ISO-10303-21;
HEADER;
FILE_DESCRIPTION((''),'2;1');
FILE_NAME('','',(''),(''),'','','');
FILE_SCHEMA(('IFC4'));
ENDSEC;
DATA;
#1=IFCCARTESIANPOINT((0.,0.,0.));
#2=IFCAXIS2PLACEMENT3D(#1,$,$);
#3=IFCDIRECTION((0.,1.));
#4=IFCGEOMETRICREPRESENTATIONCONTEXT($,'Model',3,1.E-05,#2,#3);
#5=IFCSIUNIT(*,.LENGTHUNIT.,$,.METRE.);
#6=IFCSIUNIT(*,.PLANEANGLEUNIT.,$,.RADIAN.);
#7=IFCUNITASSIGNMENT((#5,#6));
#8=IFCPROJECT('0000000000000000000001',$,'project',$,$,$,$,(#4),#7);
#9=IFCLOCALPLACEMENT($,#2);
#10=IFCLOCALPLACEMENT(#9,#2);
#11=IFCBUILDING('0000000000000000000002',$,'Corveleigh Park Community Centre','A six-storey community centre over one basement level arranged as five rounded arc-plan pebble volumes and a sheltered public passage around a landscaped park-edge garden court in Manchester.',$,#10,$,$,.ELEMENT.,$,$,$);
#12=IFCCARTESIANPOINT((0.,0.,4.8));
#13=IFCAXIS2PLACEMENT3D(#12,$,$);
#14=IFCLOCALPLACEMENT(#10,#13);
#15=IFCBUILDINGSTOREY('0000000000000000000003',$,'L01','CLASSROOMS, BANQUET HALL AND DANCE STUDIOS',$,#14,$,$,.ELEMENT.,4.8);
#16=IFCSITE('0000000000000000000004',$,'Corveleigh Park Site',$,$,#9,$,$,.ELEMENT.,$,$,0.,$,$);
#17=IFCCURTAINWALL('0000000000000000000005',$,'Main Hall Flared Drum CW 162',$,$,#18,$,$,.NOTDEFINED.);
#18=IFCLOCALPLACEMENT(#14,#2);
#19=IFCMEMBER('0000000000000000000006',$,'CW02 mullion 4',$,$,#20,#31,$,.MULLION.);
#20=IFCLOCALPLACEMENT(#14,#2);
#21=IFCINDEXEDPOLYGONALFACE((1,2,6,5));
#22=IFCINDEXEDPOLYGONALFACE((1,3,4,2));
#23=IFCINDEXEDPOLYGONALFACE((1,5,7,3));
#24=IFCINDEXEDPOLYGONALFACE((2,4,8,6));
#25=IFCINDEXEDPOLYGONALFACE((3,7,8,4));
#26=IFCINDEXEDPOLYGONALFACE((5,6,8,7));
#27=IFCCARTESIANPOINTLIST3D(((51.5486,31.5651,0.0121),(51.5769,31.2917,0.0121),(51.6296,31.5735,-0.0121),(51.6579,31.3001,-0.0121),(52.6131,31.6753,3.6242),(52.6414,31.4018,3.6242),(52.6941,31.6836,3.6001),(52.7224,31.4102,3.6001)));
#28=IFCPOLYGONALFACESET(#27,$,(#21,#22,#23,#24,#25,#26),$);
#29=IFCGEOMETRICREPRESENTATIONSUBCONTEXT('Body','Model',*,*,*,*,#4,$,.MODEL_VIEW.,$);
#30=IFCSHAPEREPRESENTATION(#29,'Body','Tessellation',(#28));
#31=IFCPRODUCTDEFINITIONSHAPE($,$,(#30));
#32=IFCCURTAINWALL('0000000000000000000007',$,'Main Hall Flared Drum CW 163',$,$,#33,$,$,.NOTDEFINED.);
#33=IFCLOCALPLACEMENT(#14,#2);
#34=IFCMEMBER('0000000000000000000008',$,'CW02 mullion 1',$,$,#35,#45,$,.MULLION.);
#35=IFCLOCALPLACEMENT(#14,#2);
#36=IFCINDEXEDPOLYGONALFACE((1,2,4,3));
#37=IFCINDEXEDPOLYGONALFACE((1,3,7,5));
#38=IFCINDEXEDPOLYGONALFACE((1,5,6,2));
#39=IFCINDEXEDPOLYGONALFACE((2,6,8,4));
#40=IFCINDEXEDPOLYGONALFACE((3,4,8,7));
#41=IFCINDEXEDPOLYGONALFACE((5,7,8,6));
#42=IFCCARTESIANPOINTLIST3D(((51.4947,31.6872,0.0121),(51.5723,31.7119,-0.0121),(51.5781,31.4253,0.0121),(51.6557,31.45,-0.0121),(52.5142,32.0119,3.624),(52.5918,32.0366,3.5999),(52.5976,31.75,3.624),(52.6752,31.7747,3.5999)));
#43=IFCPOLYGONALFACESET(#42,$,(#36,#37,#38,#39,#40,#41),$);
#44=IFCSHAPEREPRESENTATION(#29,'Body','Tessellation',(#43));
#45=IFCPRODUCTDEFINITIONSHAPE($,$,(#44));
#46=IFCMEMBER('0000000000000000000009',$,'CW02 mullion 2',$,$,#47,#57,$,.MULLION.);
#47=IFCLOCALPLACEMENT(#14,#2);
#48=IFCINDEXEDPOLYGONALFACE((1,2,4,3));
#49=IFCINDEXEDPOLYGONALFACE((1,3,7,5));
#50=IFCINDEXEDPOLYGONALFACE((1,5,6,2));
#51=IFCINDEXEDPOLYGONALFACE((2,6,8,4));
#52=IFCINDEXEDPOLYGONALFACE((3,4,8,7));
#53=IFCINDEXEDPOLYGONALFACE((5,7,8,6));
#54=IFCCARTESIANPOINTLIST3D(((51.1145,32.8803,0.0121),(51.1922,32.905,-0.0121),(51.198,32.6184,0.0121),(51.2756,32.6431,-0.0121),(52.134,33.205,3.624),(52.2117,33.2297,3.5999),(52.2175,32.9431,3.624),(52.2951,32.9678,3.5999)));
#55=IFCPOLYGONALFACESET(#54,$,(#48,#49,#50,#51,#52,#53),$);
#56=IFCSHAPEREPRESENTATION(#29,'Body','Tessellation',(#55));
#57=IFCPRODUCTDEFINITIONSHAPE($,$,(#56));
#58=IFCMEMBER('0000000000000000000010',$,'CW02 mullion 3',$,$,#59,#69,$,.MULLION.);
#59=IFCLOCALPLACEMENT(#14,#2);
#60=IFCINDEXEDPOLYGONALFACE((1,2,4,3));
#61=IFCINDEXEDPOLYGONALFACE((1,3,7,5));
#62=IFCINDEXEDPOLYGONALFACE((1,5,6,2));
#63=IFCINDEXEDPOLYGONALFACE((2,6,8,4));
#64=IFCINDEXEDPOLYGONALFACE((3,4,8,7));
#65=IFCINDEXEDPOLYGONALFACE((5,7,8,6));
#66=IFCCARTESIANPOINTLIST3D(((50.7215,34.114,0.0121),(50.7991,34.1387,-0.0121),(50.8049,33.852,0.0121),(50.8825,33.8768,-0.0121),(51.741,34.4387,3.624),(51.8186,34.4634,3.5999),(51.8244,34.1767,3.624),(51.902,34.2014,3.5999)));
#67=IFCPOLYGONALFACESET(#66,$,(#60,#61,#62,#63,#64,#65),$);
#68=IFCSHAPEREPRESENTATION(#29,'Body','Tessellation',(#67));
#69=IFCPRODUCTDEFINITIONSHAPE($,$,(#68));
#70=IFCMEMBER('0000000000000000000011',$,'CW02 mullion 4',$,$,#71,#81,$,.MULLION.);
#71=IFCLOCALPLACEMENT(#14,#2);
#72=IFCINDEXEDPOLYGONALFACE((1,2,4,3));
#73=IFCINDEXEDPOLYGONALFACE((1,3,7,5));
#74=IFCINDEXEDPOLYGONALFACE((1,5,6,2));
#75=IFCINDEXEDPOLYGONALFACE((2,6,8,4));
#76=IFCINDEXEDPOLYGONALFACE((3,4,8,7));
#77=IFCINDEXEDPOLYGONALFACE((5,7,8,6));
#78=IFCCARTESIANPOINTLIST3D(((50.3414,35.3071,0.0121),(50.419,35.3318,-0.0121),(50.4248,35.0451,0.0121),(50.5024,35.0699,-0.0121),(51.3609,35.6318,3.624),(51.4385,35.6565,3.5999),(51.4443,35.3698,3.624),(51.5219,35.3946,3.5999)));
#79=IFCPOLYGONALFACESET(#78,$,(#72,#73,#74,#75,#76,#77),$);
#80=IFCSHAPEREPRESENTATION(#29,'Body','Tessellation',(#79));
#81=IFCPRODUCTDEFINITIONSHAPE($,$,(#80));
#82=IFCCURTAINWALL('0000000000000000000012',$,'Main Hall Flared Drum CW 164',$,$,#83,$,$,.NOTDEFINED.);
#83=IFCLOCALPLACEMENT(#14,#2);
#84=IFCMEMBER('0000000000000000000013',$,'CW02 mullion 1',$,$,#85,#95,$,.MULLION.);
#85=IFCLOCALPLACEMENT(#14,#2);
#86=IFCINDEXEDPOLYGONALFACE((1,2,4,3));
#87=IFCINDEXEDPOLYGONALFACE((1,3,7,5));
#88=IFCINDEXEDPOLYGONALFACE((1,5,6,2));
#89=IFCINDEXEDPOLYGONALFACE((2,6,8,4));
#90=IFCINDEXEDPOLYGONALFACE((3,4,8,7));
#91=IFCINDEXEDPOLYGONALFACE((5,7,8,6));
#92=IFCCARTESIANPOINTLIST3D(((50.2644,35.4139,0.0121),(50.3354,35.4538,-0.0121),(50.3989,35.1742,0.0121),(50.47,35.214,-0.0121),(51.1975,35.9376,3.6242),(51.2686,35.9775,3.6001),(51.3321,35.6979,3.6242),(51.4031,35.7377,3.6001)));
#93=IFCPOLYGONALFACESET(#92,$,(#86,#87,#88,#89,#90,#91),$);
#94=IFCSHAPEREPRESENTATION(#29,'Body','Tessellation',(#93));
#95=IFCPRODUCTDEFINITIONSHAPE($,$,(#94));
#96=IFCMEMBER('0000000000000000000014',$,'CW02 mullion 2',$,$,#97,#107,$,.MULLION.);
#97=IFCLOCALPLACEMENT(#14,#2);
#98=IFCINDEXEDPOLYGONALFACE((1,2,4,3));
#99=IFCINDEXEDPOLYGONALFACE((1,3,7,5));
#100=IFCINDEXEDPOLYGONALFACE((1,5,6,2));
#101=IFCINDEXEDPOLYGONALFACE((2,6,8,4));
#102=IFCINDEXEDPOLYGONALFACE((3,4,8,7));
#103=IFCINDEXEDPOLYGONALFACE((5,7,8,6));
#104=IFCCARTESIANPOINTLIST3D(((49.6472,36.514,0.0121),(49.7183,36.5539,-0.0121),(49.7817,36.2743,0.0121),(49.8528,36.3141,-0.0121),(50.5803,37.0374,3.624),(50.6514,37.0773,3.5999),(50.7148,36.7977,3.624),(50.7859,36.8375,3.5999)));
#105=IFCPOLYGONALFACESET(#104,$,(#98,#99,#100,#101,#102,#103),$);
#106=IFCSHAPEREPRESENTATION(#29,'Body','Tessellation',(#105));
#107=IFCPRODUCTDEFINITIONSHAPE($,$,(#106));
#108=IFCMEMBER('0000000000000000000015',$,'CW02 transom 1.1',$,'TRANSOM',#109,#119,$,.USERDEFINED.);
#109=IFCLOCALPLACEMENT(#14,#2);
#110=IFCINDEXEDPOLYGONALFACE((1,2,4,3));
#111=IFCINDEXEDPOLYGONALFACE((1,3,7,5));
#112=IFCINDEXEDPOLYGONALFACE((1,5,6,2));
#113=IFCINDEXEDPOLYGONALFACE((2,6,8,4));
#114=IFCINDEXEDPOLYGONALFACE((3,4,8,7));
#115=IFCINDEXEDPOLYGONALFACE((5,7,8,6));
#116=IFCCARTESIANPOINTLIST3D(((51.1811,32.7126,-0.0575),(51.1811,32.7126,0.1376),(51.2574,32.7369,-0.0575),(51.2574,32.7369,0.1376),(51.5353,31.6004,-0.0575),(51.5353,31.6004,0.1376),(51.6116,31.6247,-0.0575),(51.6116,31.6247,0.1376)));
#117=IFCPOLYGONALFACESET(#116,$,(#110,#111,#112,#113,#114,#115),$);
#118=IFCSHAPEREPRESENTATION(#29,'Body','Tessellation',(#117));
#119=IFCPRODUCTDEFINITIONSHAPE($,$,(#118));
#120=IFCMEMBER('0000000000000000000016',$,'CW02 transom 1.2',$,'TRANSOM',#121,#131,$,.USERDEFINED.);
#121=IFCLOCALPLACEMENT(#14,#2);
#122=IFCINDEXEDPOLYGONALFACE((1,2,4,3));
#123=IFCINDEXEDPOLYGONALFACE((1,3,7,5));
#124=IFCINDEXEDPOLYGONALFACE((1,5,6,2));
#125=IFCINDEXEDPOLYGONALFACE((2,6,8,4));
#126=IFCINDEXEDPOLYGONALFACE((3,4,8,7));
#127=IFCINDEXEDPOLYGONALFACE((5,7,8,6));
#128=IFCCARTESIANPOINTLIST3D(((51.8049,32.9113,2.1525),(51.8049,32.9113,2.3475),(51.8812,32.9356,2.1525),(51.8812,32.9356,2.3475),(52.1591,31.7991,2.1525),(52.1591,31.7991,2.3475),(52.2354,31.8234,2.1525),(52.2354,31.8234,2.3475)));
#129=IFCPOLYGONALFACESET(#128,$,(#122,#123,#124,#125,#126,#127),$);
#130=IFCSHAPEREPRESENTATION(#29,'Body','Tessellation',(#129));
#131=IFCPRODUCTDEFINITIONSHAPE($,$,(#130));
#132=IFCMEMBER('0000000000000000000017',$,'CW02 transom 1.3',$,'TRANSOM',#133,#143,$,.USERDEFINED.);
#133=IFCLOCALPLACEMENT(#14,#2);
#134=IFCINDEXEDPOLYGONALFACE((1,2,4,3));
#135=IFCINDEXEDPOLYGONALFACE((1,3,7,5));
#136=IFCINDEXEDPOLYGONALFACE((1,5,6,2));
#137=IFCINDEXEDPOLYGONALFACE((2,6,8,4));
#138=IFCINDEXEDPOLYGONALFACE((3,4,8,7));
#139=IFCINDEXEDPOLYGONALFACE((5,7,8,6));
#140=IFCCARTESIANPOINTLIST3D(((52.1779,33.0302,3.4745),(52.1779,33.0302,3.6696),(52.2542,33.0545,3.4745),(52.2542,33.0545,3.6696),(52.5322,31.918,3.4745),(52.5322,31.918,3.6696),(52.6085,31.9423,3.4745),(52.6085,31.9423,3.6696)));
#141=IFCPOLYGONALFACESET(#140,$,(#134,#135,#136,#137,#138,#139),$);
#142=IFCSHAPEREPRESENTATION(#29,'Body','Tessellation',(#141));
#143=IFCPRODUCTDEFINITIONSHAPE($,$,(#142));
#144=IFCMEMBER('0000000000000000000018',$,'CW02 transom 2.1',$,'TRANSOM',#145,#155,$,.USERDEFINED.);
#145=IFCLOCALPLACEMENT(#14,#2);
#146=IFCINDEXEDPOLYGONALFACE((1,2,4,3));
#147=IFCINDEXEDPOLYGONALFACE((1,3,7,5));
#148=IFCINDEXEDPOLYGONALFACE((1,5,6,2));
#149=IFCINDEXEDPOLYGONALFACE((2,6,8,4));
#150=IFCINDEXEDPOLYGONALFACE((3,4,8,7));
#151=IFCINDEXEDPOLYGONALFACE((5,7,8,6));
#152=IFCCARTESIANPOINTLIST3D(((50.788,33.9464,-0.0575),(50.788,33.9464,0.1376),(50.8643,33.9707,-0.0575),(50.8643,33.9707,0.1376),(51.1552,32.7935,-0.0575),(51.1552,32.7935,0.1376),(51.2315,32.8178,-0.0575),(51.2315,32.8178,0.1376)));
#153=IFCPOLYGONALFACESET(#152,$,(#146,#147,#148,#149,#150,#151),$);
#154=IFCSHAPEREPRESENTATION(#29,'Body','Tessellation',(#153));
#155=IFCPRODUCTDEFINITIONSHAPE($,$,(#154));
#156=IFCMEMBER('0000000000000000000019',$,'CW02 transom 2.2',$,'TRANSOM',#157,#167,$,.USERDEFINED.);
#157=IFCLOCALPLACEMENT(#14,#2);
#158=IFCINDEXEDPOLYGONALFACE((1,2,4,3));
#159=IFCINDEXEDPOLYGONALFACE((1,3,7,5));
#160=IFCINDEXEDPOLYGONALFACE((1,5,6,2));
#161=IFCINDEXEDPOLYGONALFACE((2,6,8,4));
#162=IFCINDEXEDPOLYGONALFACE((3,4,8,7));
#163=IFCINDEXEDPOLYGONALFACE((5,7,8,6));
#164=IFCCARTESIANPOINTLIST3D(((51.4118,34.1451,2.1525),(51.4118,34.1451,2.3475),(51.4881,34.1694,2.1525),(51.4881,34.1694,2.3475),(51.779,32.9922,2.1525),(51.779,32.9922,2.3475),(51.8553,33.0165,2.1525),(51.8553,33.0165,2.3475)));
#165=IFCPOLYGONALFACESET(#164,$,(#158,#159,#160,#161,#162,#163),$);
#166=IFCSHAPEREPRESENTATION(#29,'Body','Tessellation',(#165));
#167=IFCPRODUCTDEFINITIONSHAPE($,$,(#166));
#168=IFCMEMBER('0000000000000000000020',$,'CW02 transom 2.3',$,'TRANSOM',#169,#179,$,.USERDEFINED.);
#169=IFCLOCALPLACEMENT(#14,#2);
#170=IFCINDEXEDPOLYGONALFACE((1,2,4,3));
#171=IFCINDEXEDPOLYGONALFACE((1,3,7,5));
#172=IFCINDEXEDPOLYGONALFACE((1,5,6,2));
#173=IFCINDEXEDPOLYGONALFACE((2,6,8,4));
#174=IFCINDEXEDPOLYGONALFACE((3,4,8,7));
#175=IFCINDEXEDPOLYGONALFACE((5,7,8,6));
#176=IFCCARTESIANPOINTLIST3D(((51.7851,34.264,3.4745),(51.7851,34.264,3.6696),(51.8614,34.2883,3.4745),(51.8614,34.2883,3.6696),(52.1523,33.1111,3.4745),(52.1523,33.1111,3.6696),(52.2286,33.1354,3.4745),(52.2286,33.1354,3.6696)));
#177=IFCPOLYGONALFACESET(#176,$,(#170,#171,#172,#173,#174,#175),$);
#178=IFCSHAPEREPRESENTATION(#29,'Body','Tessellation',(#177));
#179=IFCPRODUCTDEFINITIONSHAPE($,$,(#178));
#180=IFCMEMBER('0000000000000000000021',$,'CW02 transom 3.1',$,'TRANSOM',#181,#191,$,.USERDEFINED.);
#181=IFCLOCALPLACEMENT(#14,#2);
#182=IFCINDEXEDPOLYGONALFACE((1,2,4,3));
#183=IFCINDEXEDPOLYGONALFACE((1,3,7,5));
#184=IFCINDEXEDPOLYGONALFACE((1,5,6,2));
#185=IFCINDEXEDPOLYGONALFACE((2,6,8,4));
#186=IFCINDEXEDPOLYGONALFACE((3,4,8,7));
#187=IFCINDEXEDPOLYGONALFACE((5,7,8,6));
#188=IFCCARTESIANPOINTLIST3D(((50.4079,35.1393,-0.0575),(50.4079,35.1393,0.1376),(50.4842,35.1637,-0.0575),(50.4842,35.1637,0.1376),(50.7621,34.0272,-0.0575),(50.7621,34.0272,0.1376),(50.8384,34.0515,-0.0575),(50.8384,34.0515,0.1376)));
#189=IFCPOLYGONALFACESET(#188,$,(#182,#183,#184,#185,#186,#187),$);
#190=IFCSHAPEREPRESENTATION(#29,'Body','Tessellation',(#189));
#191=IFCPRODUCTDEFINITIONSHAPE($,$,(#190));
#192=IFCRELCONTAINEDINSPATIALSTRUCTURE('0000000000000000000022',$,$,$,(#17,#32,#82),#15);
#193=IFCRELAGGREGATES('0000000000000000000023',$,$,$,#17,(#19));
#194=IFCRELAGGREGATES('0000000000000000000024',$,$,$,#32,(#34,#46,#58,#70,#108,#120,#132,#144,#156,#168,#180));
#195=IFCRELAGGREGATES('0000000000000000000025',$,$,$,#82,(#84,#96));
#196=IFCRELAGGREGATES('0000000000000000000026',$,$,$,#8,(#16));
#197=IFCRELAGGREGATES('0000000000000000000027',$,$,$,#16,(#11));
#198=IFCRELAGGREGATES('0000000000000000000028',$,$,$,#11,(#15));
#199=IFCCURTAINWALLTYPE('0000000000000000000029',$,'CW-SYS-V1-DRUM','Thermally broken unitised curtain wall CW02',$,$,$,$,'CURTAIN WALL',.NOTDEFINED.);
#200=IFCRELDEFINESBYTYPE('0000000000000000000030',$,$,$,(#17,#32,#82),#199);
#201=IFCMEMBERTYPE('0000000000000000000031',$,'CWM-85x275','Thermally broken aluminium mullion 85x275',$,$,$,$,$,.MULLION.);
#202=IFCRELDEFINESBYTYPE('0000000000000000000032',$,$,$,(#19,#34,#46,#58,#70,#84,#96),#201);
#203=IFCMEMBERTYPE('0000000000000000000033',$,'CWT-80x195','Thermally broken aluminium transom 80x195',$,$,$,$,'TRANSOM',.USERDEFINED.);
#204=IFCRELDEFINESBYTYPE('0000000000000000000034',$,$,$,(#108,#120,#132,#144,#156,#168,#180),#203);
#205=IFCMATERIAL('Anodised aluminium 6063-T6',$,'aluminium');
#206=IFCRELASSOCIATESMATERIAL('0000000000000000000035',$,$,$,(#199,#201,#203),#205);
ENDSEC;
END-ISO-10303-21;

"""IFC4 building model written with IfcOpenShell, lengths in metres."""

from ifc_helpers import new_model, si_unit, direction, frame, origin, origin_2d, place, context, subcontext, project, spatial, rectangle, extrude, material, material_profile, profile_set, type_object, element, aggregate, save


model = new_model("IFC4")

# Units and contexts
model_context = context("Model", 3, precision=1e-05, world=origin(), true_north=direction((0.0, 1.0)))
body_context = subcontext(model_context, "Body", "Model", "MODEL_VIEW")
ifc_project = project(units=[si_unit("LENGTHUNIT", "METRE"), si_unit("PLANEANGLEUNIT", "RADIAN")], contexts=[model_context])

# Site, building, storey
site_placement = place(None, origin())
site = spatial("IfcSite", under=ifc_project, at=site_placement, Name="Corveleigh Park Site", CompositionType="ELEMENT", RefElevation=0.0)
building_placement = place(site_placement, origin())
building = spatial("IfcBuilding", under=site, at=building_placement, Name="Corveleigh Park Community Centre", Description="A six-storey community centre over one basement level arranged as five rounded arc-plan pebble volumes and a sheltered public passage around a landscaped park-edge garden court in Manchester.", CompositionType="ELEMENT")
storey_placement = place(building_placement, frame((0.0, 0.0, 4.8)))
storey = spatial("IfcBuildingStorey", under=building, at=storey_placement, Name="L01", Description="CLASSROOMS, BANQUET HALL AND DANCE STUDIOS", CompositionType="ELEMENT", Elevation=4.8)

# Curtain wall, member
ifc_material_1 = material(Name="Anodised aluminium 6063-T6", Category="aluminium")
curtain_wall_type = type_object("IfcCurtainWallType", Name="CW-SYS-V1-DRUM", Description="Thermally broken unitised curtain wall CW02", ElementType="CURTAIN WALL", PredefinedType="NOTDEFINED", material=ifc_material_1)
curtain_wall_1_placement = place(storey_placement, origin())
curtain_wall_1 = element("IfcCurtainWall", 1, at=curtain_wall_1_placement, inside=storey, type_object=curtain_wall_type, Name="Main Hall Flared Drum CW 162", PredefinedType="NOTDEFINED")
ifc_material_profile_1 = material_profile(ifc_material_1, rectangle(XDim=0.085, YDim=0.2749, at=origin_2d()), Name="ALU-M85x275", Category="aluminium")
ifc_profile_set_1 = profile_set([ifc_material_profile_1], Name="Anodised aluminium 6063-T6")
member_type_1 = type_object("IfcMemberType", Name="CWM-85x275", Description="Thermally broken aluminium mullion 85x275", PredefinedType="MULLION", material=ifc_profile_set_1)
member_1_placement = place(storey_placement, frame((51.6033, 31.4326, 0.0), z_axis=(0.282554, 0.029228, 0.958806), x_axis=(-0.953717, -0.098653, 0.284062)))
member_1 = element("IfcMember", 2, at=member_1_placement, type_object=member_type_1, Name="CW02 mullion 4", PredefinedType="MULLION", context=body_context, shape_type="SweptSolid", body=[
    extrude(rectangle(XDim=0.085, YDim=0.2749, at=origin_2d()), origin(), (0.0, 0.0, 1.0), 3.7673),
])
aggregate(curtain_wall_1, [member_1])

# Curtain walls, members
curtain_wall_2_placement = place(storey_placement, origin())
curtain_wall_2 = element("IfcCurtainWall", 3, at=curtain_wall_2_placement, inside=storey, type_object=curtain_wall_type, Name="Main Hall Flared Drum CW 163", PredefinedType="NOTDEFINED")
member_2_placement = place(storey_placement, frame((51.5752, 31.5686, 0.0), z_axis=(0.270633, 0.086193, 0.958816), x_axis=(-0.9136, -0.290969, 0.284027)))
member_2 = element("IfcMember", 4, at=member_2_placement, type_object=member_type_1, Name="CW02 mullion 1", PredefinedType="MULLION", context=body_context, shape_type="SweptSolid", body=[
    extrude(rectangle(XDim=0.085, YDim=0.2749, at=origin_2d()), origin(), (0.0, 0.0, 1.0), 3.7671),
])
member_3_placement = place(storey_placement, frame((51.1951, 32.7617, 0.0), z_axis=(0.270633, 0.086193, 0.958816), x_axis=(-0.9136, -0.290969, 0.284027)))
member_3 = element("IfcMember", 5, at=member_3_placement, type_object=member_type_1, Name="CW02 mullion 2", PredefinedType="MULLION", context=body_context, shape_type="SweptSolid", body=[
    extrude(rectangle(XDim=0.085, YDim=0.2749, at=origin_2d()), origin(), (0.0, 0.0, 1.0), 3.7671),
])
member_4_placement = place(storey_placement, frame((50.802, 33.9954, 0.0), z_axis=(0.270633, 0.086193, 0.958816), x_axis=(-0.9136, -0.290969, 0.284027)))
member_4 = element("IfcMember", 6, at=member_4_placement, type_object=member_type_1, Name="CW02 mullion 3", PredefinedType="MULLION", context=body_context, shape_type="SweptSolid", body=[
    extrude(rectangle(XDim=0.085, YDim=0.2749, at=origin_2d()), origin(), (0.0, 0.0, 1.0), 3.7671),
])
member_5_placement = place(storey_placement, frame((50.4219, 35.1885, 0.0), z_axis=(0.270633, 0.086193, 0.958816), x_axis=(-0.9136, -0.290969, 0.284027)))
member_5 = element("IfcMember", 7, at=member_5_placement, type_object=member_type_1, Name="CW02 mullion 4", PredefinedType="MULLION", context=body_context, shape_type="SweptSolid", body=[
    extrude(rectangle(XDim=0.085, YDim=0.2749, at=origin_2d()), origin(), (0.0, 0.0, 1.0), 3.7671),
])
curtain_wall_3_placement = place(storey_placement, origin())
curtain_wall_3 = element("IfcCurtainWall", 8, at=curtain_wall_3_placement, inside=storey, type_object=curtain_wall_type, Name="Main Hall Flared Drum CW 164", PredefinedType="NOTDEFINED")
member_6_placement = place(storey_placement, frame((50.3672, 35.314, 0.0), z_axis=(0.247691, 0.13901, 0.958815), x_axis=(-0.836135, -0.469259, 0.284033)))
member_6 = element("IfcMember", 9, at=member_6_placement, type_object=member_type_1, Name="CW02 mullion 1", PredefinedType="MULLION", context=body_context, shape_type="SweptSolid", body=[
    extrude(rectangle(XDim=0.085, YDim=0.2749, at=origin_2d()), origin(), (0.0, 0.0, 1.0), 3.7673),
])
member_7_placement = place(storey_placement, frame((49.75, 36.4141, 0.0), z_axis=(0.247693, 0.138947, 0.958823), x_axis=(-0.836235, -0.469097, 0.284004)))
member_7 = element("IfcMember", 10, at=member_7_placement, type_object=member_type_1, Name="CW02 mullion 2", PredefinedType="MULLION", context=body_context, shape_type="SweptSolid", body=[
    extrude(rectangle(XDim=0.085, YDim=0.2749, at=origin_2d()), origin(), (0.0, 0.0, 1.0), 3.7671),
])

# Members
ifc_material_profile_2 = material_profile(ifc_material_1, rectangle(XDim=0.0801, YDim=0.1951, at=origin_2d()), Name="ALU-T80x195", Category="aluminium")
ifc_profile_set_2 = profile_set([ifc_material_profile_2], Name="Anodised aluminium 6063-T6")
member_type_2 = type_object("IfcMemberType", Name="CWT-80x195", Description="Thermally broken aluminium transom 80x195", ElementType="TRANSOM", PredefinedType="USERDEFINED", material=ifc_profile_set_2)
member_8_placement = place(storey_placement, frame((51.5735, 31.6125, 0.04), z_axis=(-0.303463, 0.952843, 0.0), x_axis=(-0.952843, -0.303463, 0.0)))
member_8 = element("IfcMember", 11, at=member_8_placement, type_object=member_type_2, Name="CW02 transom 1.1", ObjectType="TRANSOM", PredefinedType="USERDEFINED", context=body_context, shape_type="SweptSolid", body=[
    extrude(rectangle(XDim=0.0801, YDim=0.1951, at=origin_2d()), origin(), (0.0, 0.0, 1.0), 1.1672),
])
member_9_placement = place(storey_placement, frame((52.1973, 31.8113, 2.25), z_axis=(-0.303463, 0.952843, 0.0), x_axis=(-0.952843, -0.303463, 0.0)))
member_9 = element("IfcMember", 12, at=member_9_placement, type_object=member_type_2, Name="CW02 transom 1.2", ObjectType="TRANSOM", PredefinedType="USERDEFINED", context=body_context, shape_type="SweptSolid", body=[
    extrude(rectangle(XDim=0.0801, YDim=0.1951, at=origin_2d()), origin(), (0.0, 0.0, 1.0), 1.1672),
])
member_10_placement = place(storey_placement, frame((52.5703, 31.9302, 3.572), z_axis=(-0.303523, 0.952824, 0.0), x_axis=(-0.952824, -0.303523, 0.0)))
member_10 = element("IfcMember", 13, at=member_10_placement, type_object=member_type_2, Name="CW02 transom 1.3", ObjectType="TRANSOM", PredefinedType="USERDEFINED", context=body_context, shape_type="SweptSolid", body=[
    extrude(rectangle(XDim=0.0801, YDim=0.1951, at=origin_2d()), origin(), (0.0, 0.0, 1.0), 1.1672),
])
member_11_placement = place(storey_placement, frame((51.1934, 32.8057, 0.04), z_axis=(-0.303487, 0.952836, 0.0), x_axis=(-0.952836, -0.303487, 0.0)))
member_11 = element("IfcMember", 14, at=member_11_placement, type_object=member_type_2, Name="CW02 transom 2.1", ObjectType="TRANSOM", PredefinedType="USERDEFINED", context=body_context, shape_type="SweptSolid", body=[
    extrude(rectangle(XDim=0.0801, YDim=0.1951, at=origin_2d()), origin(), (0.0, 0.0, 1.0), 1.21),
])
member_12_placement = place(storey_placement, frame((51.8171, 33.0044, 2.25), z_axis=(-0.303487, 0.952836, 0.0), x_axis=(-0.952836, -0.303487, 0.0)))
member_12 = element("IfcMember", 15, at=member_12_placement, type_object=member_type_2, Name="CW02 transom 2.2", ObjectType="TRANSOM", PredefinedType="USERDEFINED", context=body_context, shape_type="SweptSolid", body=[
    extrude(rectangle(XDim=0.0801, YDim=0.1951, at=origin_2d()), origin(), (0.0, 0.0, 1.0), 1.21),
])
member_13_placement = place(storey_placement, frame((52.1904, 33.1233, 3.572), z_axis=(-0.303487, 0.952836, 0.0), x_axis=(-0.952836, -0.303487, 0.0)))
member_13 = element("IfcMember", 16, at=member_13_placement, type_object=member_type_2, Name="CW02 transom 2.3", ObjectType="TRANSOM", PredefinedType="USERDEFINED", context=body_context, shape_type="SweptSolid", body=[
    extrude(rectangle(XDim=0.0801, YDim=0.1951, at=origin_2d()), origin(), (0.0, 0.0, 1.0), 1.21),
])
member_14_placement = place(storey_placement, frame((50.8003, 34.0393, 0.04), z_axis=(-0.303463, 0.952843, 0.0), x_axis=(-0.952843, -0.303463, 0.0)))
member_14 = element("IfcMember", 17, at=member_14_placement, type_object=member_type_2, Name="CW02 transom 3.1", ObjectType="TRANSOM", PredefinedType="USERDEFINED", context=body_context, shape_type="SweptSolid", body=[
    extrude(rectangle(XDim=0.0801, YDim=0.1951, at=origin_2d()), origin(), (0.0, 0.0, 1.0), 1.1672),
])

aggregate(curtain_wall_2, [member_2, member_3, member_4, member_5, member_8, member_9, member_10, member_11, member_12, member_13, member_14])
aggregate(curtain_wall_3, [member_6, member_7])

save(model, "model.ifc")
